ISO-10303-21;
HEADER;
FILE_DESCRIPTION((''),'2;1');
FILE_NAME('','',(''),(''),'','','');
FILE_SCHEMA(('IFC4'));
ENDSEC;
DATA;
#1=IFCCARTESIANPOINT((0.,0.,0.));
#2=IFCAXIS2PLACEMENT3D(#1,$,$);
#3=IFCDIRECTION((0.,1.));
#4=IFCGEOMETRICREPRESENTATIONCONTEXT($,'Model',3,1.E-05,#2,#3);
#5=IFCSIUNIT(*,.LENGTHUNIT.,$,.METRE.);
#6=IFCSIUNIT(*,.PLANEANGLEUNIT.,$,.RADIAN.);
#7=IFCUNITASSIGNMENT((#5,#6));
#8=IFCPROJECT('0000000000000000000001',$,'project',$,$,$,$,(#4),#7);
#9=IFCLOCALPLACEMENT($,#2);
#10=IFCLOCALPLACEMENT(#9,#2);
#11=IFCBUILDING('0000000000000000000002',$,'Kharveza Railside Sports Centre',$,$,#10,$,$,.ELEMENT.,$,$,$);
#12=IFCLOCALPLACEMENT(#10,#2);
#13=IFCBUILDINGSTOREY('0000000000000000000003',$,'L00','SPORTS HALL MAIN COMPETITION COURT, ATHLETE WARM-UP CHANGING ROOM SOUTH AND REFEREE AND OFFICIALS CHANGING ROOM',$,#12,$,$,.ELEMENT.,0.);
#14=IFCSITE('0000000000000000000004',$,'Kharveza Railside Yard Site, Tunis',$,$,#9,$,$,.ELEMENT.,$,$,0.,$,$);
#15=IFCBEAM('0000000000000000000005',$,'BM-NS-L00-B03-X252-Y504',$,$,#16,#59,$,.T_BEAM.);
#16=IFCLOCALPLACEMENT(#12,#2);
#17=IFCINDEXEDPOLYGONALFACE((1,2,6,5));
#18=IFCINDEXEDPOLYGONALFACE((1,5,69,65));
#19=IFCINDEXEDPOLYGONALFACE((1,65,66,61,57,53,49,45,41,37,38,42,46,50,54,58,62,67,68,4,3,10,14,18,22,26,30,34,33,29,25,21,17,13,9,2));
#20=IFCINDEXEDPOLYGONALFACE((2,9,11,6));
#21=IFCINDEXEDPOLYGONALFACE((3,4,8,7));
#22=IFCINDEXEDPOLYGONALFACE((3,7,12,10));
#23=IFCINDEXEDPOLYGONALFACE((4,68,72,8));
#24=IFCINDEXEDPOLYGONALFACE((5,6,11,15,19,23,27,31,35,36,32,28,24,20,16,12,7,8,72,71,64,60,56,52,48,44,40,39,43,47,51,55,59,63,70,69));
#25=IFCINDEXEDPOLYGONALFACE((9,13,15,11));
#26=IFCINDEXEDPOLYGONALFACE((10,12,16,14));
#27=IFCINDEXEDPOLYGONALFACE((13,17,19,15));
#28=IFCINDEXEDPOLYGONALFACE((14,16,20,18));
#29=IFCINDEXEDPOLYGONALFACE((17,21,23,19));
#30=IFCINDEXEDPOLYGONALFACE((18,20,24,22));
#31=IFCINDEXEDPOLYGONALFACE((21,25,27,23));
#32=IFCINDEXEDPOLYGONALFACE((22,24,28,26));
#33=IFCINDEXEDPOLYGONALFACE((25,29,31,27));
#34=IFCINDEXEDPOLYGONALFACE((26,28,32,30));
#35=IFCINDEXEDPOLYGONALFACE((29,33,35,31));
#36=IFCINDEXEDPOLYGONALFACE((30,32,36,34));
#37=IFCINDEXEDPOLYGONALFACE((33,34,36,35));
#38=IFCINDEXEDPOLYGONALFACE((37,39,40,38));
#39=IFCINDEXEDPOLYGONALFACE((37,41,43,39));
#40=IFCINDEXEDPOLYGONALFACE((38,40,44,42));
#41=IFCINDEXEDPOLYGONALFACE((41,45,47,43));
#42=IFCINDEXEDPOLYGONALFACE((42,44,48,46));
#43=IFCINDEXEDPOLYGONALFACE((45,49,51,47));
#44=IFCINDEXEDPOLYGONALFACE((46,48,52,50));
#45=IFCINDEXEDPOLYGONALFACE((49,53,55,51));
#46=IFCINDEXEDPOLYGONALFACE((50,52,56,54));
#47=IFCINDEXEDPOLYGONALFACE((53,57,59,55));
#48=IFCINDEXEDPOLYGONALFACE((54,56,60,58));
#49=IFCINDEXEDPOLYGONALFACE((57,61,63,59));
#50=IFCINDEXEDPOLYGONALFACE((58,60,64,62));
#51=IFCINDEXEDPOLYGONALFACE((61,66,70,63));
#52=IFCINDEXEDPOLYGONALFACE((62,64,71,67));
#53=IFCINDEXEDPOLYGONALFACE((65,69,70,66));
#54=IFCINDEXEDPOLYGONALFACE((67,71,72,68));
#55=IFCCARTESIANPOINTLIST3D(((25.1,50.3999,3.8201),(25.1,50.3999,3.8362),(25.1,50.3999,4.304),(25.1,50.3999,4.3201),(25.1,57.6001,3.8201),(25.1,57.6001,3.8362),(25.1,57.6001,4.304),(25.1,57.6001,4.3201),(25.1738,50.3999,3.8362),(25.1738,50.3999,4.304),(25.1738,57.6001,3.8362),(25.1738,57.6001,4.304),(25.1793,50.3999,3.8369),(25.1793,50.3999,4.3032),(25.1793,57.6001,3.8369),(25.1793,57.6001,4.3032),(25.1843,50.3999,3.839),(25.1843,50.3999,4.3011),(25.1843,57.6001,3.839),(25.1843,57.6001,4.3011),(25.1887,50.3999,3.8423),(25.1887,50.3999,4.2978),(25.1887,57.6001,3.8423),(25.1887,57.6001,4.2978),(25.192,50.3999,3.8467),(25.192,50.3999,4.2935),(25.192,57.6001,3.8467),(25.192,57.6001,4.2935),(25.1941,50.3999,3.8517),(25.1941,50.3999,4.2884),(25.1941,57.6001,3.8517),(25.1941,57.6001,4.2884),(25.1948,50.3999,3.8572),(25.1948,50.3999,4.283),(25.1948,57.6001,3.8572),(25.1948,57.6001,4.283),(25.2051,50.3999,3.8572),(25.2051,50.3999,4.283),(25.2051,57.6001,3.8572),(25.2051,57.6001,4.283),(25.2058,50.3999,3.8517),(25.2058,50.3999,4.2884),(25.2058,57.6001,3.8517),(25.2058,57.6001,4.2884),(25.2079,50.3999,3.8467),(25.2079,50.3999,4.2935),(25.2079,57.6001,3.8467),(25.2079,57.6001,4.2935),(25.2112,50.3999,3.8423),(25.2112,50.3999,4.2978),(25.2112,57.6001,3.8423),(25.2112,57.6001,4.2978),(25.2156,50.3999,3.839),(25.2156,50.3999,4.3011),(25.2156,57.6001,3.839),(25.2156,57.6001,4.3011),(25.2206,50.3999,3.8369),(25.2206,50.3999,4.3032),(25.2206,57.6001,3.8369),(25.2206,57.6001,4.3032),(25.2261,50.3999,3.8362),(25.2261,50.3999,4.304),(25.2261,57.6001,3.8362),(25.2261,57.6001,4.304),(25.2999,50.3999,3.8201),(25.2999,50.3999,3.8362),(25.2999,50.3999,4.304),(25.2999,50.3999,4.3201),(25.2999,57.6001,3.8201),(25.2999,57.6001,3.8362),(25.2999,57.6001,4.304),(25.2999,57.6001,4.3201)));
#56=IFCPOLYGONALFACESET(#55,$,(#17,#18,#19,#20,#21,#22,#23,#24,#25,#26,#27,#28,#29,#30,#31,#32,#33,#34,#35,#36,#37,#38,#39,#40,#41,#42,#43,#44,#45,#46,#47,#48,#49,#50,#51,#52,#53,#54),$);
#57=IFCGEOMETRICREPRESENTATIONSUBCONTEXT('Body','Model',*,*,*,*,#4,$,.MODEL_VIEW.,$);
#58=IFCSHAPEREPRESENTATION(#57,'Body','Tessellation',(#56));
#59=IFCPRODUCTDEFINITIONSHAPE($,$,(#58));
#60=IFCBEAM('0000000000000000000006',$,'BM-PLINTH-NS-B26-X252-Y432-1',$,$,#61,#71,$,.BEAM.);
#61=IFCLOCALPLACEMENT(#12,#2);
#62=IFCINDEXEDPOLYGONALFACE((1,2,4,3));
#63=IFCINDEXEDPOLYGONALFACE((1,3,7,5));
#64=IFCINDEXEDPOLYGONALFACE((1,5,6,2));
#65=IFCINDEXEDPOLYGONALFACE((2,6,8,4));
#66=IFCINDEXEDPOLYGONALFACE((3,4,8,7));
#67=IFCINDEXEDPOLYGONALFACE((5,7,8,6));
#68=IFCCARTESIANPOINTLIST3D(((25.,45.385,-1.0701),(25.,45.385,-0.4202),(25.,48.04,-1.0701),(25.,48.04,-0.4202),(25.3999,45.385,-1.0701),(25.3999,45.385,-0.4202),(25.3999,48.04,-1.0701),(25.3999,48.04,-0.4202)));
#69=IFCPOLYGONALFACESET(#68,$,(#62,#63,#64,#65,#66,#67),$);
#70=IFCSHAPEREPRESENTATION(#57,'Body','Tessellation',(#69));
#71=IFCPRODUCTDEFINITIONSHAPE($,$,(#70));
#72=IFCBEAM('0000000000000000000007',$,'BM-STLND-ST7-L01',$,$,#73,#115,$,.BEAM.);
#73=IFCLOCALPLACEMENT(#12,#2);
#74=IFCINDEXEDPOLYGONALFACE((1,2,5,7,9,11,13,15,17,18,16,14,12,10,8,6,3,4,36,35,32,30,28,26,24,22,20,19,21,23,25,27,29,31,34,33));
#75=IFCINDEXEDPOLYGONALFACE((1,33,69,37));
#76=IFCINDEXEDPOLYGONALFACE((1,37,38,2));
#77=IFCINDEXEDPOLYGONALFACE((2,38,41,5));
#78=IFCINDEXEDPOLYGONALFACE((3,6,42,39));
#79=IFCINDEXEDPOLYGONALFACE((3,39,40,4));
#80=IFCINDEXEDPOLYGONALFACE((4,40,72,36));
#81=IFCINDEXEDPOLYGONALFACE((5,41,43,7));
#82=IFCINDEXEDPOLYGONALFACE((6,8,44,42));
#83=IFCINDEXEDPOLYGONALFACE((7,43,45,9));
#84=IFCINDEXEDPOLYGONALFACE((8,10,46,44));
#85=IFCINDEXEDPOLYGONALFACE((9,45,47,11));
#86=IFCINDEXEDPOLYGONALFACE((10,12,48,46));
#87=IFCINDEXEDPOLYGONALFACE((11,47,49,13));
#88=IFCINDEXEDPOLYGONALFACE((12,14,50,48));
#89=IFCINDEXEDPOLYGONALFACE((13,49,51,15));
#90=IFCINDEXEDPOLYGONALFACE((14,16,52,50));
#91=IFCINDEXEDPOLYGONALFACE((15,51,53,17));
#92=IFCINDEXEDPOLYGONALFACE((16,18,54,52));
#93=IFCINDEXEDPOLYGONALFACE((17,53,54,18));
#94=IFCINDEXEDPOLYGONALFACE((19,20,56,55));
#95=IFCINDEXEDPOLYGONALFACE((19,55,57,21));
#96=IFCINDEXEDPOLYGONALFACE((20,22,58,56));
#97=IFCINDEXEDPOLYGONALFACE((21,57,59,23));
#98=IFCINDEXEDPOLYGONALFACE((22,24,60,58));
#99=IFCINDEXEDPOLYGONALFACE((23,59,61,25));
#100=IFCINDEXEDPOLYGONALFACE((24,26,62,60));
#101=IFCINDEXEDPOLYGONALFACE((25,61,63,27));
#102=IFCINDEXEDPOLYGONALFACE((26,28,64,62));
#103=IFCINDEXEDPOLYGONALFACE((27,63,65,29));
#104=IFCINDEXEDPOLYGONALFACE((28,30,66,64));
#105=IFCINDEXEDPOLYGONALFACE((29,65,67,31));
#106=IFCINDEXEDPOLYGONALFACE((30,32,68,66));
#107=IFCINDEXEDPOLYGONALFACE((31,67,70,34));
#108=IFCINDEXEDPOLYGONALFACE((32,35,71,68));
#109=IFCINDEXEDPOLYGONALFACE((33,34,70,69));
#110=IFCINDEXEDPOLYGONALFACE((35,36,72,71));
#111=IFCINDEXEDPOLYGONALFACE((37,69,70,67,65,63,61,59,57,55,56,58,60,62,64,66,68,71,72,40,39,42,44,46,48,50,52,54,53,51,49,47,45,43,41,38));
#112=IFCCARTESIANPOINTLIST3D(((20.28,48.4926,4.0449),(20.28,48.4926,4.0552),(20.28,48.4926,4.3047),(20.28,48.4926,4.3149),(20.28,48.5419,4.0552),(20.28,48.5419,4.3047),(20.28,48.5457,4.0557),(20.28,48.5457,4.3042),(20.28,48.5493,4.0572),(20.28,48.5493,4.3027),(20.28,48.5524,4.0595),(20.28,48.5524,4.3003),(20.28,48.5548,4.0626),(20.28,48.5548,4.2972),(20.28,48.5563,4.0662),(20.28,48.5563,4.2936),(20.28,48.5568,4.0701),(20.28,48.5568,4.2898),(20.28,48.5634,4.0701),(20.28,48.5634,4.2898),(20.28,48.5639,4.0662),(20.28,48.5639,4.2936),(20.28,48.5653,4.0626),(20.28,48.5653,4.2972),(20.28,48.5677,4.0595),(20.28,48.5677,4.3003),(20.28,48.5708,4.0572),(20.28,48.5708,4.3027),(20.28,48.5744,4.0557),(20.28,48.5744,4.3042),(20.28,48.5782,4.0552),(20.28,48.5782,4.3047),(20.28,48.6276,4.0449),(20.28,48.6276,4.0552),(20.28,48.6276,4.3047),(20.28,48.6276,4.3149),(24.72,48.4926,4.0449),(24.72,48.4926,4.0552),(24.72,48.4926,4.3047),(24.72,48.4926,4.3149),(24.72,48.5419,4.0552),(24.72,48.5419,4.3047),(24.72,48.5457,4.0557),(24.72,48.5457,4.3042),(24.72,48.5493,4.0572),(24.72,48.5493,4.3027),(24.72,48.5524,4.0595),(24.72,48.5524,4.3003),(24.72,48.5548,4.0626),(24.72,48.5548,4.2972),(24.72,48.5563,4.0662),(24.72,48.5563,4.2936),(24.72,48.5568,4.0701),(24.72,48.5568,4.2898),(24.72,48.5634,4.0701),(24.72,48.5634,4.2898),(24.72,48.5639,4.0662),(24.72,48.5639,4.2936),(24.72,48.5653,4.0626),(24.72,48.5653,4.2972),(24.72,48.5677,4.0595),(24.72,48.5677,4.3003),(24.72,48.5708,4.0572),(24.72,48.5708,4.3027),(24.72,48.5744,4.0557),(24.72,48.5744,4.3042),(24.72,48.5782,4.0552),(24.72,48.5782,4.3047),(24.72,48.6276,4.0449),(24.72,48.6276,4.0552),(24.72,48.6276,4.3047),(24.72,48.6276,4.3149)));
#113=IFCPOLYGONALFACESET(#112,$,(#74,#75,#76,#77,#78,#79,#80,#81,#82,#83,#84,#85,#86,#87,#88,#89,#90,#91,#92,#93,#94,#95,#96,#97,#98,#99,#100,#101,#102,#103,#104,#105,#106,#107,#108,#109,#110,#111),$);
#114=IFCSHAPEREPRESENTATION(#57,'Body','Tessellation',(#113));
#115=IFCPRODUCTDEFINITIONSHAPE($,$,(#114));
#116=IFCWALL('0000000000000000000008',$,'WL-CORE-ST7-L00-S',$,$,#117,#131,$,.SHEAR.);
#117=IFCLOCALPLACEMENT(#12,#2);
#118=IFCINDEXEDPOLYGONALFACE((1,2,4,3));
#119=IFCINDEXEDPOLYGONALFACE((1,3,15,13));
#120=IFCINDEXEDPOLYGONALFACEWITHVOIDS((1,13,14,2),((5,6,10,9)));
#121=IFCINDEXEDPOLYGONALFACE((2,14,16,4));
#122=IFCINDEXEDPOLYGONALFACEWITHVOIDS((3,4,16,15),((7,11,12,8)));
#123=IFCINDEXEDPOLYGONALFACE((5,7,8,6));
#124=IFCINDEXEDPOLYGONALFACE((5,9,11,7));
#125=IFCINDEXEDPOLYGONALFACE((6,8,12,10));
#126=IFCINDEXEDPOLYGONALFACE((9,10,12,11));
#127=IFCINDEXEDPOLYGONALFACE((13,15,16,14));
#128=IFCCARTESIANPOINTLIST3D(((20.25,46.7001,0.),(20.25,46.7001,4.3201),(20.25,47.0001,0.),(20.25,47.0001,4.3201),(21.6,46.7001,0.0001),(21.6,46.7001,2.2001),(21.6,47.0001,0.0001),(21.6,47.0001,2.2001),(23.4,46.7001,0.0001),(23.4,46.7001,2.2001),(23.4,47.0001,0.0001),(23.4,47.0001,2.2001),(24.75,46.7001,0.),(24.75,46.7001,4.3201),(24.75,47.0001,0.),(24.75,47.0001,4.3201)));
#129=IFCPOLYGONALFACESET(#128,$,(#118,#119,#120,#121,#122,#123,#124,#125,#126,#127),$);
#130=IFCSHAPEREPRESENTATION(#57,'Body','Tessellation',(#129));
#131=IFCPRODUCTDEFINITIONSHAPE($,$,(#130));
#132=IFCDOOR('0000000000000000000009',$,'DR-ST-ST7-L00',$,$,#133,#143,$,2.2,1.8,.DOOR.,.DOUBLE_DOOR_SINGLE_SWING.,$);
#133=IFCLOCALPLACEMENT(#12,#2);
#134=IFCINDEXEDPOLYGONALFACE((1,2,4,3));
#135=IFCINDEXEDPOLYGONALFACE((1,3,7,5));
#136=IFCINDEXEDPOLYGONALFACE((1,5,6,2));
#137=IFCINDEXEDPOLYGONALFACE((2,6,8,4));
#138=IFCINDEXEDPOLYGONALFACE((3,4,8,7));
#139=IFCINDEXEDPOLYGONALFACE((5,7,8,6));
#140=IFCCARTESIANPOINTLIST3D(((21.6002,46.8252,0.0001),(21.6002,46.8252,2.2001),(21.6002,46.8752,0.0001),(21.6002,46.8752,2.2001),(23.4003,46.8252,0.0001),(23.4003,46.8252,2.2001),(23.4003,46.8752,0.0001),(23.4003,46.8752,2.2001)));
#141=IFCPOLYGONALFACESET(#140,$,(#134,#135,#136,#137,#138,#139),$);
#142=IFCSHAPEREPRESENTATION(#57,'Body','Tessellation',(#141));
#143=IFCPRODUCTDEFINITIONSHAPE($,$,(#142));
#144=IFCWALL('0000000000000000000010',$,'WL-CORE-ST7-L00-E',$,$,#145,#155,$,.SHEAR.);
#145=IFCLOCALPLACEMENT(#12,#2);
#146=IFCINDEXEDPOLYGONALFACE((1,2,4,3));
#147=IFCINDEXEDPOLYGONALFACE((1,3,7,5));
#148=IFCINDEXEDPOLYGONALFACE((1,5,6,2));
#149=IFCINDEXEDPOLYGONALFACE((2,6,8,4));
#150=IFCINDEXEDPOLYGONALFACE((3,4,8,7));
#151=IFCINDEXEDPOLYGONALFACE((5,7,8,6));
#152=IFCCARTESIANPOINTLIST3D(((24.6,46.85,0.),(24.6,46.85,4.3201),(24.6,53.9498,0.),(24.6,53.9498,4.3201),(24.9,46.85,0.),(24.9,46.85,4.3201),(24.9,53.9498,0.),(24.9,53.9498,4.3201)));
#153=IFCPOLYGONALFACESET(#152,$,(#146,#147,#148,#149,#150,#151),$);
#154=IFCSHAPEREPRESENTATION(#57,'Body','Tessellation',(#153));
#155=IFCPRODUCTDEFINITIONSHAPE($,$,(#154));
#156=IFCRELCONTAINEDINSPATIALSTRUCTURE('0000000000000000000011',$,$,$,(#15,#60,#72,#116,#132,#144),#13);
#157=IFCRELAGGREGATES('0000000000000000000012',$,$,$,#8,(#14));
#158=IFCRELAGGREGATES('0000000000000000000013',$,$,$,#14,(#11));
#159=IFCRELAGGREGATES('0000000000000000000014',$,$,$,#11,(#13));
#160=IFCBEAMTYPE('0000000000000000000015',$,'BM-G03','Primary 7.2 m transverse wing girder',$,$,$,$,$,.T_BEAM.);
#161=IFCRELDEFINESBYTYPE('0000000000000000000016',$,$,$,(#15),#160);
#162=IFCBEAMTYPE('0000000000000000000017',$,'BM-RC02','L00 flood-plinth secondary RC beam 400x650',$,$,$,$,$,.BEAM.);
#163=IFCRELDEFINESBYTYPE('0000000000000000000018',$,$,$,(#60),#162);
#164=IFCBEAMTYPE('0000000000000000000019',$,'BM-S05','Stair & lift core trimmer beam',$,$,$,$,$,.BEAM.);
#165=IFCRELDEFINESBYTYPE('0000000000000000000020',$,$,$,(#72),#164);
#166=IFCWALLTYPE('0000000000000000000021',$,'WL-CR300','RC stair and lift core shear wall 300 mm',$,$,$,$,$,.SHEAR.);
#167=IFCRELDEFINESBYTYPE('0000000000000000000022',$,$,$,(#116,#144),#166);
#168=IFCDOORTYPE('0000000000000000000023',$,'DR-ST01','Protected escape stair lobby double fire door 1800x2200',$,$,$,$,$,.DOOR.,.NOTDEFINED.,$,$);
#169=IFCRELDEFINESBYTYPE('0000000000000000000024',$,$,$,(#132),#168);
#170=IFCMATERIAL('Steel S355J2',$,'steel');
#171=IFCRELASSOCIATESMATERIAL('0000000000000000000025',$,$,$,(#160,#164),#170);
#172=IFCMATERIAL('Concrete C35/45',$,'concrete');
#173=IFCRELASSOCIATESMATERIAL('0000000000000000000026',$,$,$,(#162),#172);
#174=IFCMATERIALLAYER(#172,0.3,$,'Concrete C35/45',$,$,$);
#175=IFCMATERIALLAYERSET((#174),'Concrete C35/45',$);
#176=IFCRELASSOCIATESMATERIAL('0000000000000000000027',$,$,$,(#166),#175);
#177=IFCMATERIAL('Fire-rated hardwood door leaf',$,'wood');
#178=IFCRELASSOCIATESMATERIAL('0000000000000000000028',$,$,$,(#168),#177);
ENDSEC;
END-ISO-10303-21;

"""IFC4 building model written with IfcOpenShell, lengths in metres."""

from ifc_helpers import new_model, si_unit, direction, frame, frame_2d, origin, origin_2d, place, context, subcontext, project, spatial, rectangle, i_section, extrude, material, layer, layer_set, material_profile, profile_set, type_object, element, fill, save


model = new_model("IFC4")

# Units and contexts
model_context = context("Model", 3, precision=1e-05, world=origin(), true_north=direction((0.0, 1.0)))
body_context = subcontext(model_context, "Body", "Model", "MODEL_VIEW")
ifc_project = project(units=[si_unit("LENGTHUNIT", "METRE"), si_unit("PLANEANGLEUNIT", "RADIAN")], contexts=[model_context])

# Site, building, storey
site_placement = place(None, origin())
site = spatial("IfcSite", under=ifc_project, at=site_placement, Name="Kharveza Railside Yard Site, Tunis", CompositionType="ELEMENT", RefElevation=0.0)
building_placement = place(site_placement, origin())
building = spatial("IfcBuilding", under=site, at=building_placement, Name="Kharveza Railside Sports Centre", CompositionType="ELEMENT")
storey_placement = place(building_placement, origin())
storey = spatial("IfcBuildingStorey", under=building, at=storey_placement, Name="L00", Description="SPORTS HALL MAIN COMPETITION COURT, ATHLETE WARM-UP CHANGING ROOM SOUTH AND REFEREE AND OFFICIALS CHANGING ROOM", CompositionType="ELEMENT", Elevation=0.0)

# Shared definitions
ifc_material_1 = material(Name="Concrete C35/45", Category="concrete")

# Beams
ifc_material_2 = material(Name="Steel S355J2", Category="steel")
ifc_material_profile_1 = material_profile(ifc_material_2, i_section(OverallWidth=0.2, OverallDepth=0.5, WebThickness=0.0103, FlangeThickness=0.0161, FilletRadius=0.021, at=origin_2d()), Name="IPE 500")
ifc_profile_set_1 = profile_set([ifc_material_profile_1], Name="Steel S355J2")
beam_type_1 = type_object("IfcBeamType", Name="BM-G03", Description="Primary 7.2 m transverse wing girder", PredefinedType="T_BEAM", material=ifc_profile_set_1)
beam_1_placement = place(storey_placement, frame((25.2, 50.3999, 4.0701), z_axis=(0.0, 1.0, 0.0), x_axis=(-1.0, 0.0, 0.0)))
element("IfcBeam", 1, at=beam_1_placement, inside=storey, type_object=beam_type_1, Name="BM-NS-L00-B03-X252-Y504", PredefinedType="T_BEAM", context=body_context, shape_type="SweptSolid", body=[
    extrude(i_section(OverallWidth=0.2, OverallDepth=0.5, WebThickness=0.0103, FlangeThickness=0.0161, FilletRadius=0.021, at=origin_2d()), origin(), (0.0, 0.0, 1.0), 7.2002),
])
ifc_material_profile_2 = material_profile(ifc_material_1, rectangle(XDim=0.3999, YDim=0.6499, at=origin_2d()), Name="RCB 400x650")
ifc_profile_set_2 = profile_set([ifc_material_profile_2], Name="Concrete C35/45")
beam_type_2 = type_object("IfcBeamType", Name="BM-RC02", Description="L00 flood-plinth secondary RC beam 400x650", PredefinedType="BEAM", material=ifc_profile_set_2)
beam_2_placement = place(storey_placement, frame((25.2, 45.385, -0.7451), z_axis=(0.0, 1.0, 0.0), x_axis=(-1.0, 0.0, 0.0)))
element("IfcBeam", 2, at=beam_2_placement, inside=storey, type_object=beam_type_2, Name="BM-PLINTH-NS-B26-X252-Y432-1", PredefinedType="BEAM", context=body_context, shape_type="SweptSolid", body=[
    extrude(rectangle(XDim=0.3999, YDim=0.6499, at=origin_2d()), origin(), (0.0, 0.0, 1.0), 2.655),
])
ifc_material_profile_3 = material_profile(ifc_material_2, i_section(OverallWidth=0.135, OverallDepth=0.27, WebThickness=0.0066, FlangeThickness=0.0103, FilletRadius=0.0149, at=origin_2d()), Name="IPE 270")
ifc_profile_set_3 = profile_set([ifc_material_profile_3], Name="Steel S355J2")
beam_type_3 = type_object("IfcBeamType", Name="BM-S05", Description="Stair & lift core trimmer beam", PredefinedType="BEAM", material=ifc_profile_set_3)
beam_3_placement = place(storey_placement, frame((20.28, 48.5601, 4.1799), z_axis=(1.0, 0.0, 0.0), x_axis=(0.0, 1.0, 0.0)))
element("IfcBeam", 3, at=beam_3_placement, inside=storey, type_object=beam_type_3, Name="BM-STLND-ST7-L01", PredefinedType="BEAM", context=body_context, shape_type="SweptSolid", body=[
    extrude(i_section(OverallWidth=0.135, OverallDepth=0.27, WebThickness=0.0066, FlangeThickness=0.0103, FilletRadius=0.0149, at=origin_2d()), origin(), (0.0, 0.0, 1.0), 4.4399),
])

# Wall, opening, door
ifc_layer = layer(ifc_material_1, 0.3, Name="Concrete C35/45")
ifc_layer_set = layer_set([ifc_layer], Name="Concrete C35/45")
wall_type = type_object("IfcWallType", Name="WL-CR300", Description="RC stair and lift core shear wall 300 mm", PredefinedType="SHEAR", material=ifc_layer_set)
wall_1_placement = place(storey_placement, frame((20.25, 46.8501, 0.0), z_axis=(0.0, 0.0, 1.0), x_axis=(1.0, 0.0, 0.0)))
wall_1 = element("IfcWall", 4, at=wall_1_placement, inside=storey, type_object=wall_type, Name="WL-CORE-ST7-L00-S", PredefinedType="SHEAR", context=body_context, shape_type="SweptSolid", body=[
    extrude(rectangle(XDim=4.5, YDim=0.3, at=frame_2d((2.25, 0.0))), origin(), (0.0, 0.0, 1.0), 4.3201),
])
opening_placement = place(wall_1_placement, frame((1.3501, 0.0, 0.0)))
opening = element("IfcOpeningElement", 5, at=opening_placement, cuts=wall_1, PredefinedType="OPENING", context=body_context, shape_type="SweptSolid", body=[
    extrude(rectangle(XDim=1.8, YDim=2.2, at=frame_2d((0.8999, 1.1001))), frame((0.0, 0.1748, 0.0), z_axis=(0.0, -1.0, 0.0), x_axis=(1.0, 0.0, 0.0)), (0.0, 0.0, 1.0), 0.3499),
])
ifc_material_3 = material(Name="Fire-rated hardwood door leaf", Category="wood")
door_type = type_object("IfcDoorType", Name="DR-ST01", Description="Protected escape stair lobby double fire door 1800x2200", OperationType="NOTDEFINED", PredefinedType="DOOR", material=ifc_material_3)
door_placement = place(opening_placement, frame((1.8, 0.0, 0.0), z_axis=(0.0, 0.0, 1.0), x_axis=(-1.0, 0.0, 0.0)))
door = element("IfcDoor", 6, at=door_placement, inside=storey, type_object=door_type, Name="DR-ST-ST7-L00", OperationType="DOUBLE_DOOR_SINGLE_SWING", OverallHeight=2.2, OverallWidth=1.8, PredefinedType="DOOR", context=body_context, shape_type="SweptSolid", body=[
    extrude(rectangle(XDim=1.8, YDim=2.2, at=frame_2d((0.8999, 1.1001))), frame((0.0, 0.0249, 0.0), z_axis=(0.0, -1.0, 0.0), x_axis=(1.0, 0.0, 0.0)), (0.0, 0.0, 1.0), 0.05),
])
fill(opening, door)

# Wall
wall_2_placement = place(storey_placement, frame((24.75, 46.8501, 0.0), z_axis=(0.0, 0.0, 1.0), x_axis=(0.0, 1.0, 0.0)))
element("IfcWall", 7, at=wall_2_placement, inside=storey, type_object=wall_type, Name="WL-CORE-ST7-L00-E", PredefinedType="SHEAR", context=body_context, shape_type="SweptSolid", body=[
    extrude(rectangle(XDim=7.0999, YDim=0.3, at=frame_2d((3.5498, 0.0))), origin(), (0.0, 0.0, 1.0), 4.3201),
])

save(model, "model.ifc")
